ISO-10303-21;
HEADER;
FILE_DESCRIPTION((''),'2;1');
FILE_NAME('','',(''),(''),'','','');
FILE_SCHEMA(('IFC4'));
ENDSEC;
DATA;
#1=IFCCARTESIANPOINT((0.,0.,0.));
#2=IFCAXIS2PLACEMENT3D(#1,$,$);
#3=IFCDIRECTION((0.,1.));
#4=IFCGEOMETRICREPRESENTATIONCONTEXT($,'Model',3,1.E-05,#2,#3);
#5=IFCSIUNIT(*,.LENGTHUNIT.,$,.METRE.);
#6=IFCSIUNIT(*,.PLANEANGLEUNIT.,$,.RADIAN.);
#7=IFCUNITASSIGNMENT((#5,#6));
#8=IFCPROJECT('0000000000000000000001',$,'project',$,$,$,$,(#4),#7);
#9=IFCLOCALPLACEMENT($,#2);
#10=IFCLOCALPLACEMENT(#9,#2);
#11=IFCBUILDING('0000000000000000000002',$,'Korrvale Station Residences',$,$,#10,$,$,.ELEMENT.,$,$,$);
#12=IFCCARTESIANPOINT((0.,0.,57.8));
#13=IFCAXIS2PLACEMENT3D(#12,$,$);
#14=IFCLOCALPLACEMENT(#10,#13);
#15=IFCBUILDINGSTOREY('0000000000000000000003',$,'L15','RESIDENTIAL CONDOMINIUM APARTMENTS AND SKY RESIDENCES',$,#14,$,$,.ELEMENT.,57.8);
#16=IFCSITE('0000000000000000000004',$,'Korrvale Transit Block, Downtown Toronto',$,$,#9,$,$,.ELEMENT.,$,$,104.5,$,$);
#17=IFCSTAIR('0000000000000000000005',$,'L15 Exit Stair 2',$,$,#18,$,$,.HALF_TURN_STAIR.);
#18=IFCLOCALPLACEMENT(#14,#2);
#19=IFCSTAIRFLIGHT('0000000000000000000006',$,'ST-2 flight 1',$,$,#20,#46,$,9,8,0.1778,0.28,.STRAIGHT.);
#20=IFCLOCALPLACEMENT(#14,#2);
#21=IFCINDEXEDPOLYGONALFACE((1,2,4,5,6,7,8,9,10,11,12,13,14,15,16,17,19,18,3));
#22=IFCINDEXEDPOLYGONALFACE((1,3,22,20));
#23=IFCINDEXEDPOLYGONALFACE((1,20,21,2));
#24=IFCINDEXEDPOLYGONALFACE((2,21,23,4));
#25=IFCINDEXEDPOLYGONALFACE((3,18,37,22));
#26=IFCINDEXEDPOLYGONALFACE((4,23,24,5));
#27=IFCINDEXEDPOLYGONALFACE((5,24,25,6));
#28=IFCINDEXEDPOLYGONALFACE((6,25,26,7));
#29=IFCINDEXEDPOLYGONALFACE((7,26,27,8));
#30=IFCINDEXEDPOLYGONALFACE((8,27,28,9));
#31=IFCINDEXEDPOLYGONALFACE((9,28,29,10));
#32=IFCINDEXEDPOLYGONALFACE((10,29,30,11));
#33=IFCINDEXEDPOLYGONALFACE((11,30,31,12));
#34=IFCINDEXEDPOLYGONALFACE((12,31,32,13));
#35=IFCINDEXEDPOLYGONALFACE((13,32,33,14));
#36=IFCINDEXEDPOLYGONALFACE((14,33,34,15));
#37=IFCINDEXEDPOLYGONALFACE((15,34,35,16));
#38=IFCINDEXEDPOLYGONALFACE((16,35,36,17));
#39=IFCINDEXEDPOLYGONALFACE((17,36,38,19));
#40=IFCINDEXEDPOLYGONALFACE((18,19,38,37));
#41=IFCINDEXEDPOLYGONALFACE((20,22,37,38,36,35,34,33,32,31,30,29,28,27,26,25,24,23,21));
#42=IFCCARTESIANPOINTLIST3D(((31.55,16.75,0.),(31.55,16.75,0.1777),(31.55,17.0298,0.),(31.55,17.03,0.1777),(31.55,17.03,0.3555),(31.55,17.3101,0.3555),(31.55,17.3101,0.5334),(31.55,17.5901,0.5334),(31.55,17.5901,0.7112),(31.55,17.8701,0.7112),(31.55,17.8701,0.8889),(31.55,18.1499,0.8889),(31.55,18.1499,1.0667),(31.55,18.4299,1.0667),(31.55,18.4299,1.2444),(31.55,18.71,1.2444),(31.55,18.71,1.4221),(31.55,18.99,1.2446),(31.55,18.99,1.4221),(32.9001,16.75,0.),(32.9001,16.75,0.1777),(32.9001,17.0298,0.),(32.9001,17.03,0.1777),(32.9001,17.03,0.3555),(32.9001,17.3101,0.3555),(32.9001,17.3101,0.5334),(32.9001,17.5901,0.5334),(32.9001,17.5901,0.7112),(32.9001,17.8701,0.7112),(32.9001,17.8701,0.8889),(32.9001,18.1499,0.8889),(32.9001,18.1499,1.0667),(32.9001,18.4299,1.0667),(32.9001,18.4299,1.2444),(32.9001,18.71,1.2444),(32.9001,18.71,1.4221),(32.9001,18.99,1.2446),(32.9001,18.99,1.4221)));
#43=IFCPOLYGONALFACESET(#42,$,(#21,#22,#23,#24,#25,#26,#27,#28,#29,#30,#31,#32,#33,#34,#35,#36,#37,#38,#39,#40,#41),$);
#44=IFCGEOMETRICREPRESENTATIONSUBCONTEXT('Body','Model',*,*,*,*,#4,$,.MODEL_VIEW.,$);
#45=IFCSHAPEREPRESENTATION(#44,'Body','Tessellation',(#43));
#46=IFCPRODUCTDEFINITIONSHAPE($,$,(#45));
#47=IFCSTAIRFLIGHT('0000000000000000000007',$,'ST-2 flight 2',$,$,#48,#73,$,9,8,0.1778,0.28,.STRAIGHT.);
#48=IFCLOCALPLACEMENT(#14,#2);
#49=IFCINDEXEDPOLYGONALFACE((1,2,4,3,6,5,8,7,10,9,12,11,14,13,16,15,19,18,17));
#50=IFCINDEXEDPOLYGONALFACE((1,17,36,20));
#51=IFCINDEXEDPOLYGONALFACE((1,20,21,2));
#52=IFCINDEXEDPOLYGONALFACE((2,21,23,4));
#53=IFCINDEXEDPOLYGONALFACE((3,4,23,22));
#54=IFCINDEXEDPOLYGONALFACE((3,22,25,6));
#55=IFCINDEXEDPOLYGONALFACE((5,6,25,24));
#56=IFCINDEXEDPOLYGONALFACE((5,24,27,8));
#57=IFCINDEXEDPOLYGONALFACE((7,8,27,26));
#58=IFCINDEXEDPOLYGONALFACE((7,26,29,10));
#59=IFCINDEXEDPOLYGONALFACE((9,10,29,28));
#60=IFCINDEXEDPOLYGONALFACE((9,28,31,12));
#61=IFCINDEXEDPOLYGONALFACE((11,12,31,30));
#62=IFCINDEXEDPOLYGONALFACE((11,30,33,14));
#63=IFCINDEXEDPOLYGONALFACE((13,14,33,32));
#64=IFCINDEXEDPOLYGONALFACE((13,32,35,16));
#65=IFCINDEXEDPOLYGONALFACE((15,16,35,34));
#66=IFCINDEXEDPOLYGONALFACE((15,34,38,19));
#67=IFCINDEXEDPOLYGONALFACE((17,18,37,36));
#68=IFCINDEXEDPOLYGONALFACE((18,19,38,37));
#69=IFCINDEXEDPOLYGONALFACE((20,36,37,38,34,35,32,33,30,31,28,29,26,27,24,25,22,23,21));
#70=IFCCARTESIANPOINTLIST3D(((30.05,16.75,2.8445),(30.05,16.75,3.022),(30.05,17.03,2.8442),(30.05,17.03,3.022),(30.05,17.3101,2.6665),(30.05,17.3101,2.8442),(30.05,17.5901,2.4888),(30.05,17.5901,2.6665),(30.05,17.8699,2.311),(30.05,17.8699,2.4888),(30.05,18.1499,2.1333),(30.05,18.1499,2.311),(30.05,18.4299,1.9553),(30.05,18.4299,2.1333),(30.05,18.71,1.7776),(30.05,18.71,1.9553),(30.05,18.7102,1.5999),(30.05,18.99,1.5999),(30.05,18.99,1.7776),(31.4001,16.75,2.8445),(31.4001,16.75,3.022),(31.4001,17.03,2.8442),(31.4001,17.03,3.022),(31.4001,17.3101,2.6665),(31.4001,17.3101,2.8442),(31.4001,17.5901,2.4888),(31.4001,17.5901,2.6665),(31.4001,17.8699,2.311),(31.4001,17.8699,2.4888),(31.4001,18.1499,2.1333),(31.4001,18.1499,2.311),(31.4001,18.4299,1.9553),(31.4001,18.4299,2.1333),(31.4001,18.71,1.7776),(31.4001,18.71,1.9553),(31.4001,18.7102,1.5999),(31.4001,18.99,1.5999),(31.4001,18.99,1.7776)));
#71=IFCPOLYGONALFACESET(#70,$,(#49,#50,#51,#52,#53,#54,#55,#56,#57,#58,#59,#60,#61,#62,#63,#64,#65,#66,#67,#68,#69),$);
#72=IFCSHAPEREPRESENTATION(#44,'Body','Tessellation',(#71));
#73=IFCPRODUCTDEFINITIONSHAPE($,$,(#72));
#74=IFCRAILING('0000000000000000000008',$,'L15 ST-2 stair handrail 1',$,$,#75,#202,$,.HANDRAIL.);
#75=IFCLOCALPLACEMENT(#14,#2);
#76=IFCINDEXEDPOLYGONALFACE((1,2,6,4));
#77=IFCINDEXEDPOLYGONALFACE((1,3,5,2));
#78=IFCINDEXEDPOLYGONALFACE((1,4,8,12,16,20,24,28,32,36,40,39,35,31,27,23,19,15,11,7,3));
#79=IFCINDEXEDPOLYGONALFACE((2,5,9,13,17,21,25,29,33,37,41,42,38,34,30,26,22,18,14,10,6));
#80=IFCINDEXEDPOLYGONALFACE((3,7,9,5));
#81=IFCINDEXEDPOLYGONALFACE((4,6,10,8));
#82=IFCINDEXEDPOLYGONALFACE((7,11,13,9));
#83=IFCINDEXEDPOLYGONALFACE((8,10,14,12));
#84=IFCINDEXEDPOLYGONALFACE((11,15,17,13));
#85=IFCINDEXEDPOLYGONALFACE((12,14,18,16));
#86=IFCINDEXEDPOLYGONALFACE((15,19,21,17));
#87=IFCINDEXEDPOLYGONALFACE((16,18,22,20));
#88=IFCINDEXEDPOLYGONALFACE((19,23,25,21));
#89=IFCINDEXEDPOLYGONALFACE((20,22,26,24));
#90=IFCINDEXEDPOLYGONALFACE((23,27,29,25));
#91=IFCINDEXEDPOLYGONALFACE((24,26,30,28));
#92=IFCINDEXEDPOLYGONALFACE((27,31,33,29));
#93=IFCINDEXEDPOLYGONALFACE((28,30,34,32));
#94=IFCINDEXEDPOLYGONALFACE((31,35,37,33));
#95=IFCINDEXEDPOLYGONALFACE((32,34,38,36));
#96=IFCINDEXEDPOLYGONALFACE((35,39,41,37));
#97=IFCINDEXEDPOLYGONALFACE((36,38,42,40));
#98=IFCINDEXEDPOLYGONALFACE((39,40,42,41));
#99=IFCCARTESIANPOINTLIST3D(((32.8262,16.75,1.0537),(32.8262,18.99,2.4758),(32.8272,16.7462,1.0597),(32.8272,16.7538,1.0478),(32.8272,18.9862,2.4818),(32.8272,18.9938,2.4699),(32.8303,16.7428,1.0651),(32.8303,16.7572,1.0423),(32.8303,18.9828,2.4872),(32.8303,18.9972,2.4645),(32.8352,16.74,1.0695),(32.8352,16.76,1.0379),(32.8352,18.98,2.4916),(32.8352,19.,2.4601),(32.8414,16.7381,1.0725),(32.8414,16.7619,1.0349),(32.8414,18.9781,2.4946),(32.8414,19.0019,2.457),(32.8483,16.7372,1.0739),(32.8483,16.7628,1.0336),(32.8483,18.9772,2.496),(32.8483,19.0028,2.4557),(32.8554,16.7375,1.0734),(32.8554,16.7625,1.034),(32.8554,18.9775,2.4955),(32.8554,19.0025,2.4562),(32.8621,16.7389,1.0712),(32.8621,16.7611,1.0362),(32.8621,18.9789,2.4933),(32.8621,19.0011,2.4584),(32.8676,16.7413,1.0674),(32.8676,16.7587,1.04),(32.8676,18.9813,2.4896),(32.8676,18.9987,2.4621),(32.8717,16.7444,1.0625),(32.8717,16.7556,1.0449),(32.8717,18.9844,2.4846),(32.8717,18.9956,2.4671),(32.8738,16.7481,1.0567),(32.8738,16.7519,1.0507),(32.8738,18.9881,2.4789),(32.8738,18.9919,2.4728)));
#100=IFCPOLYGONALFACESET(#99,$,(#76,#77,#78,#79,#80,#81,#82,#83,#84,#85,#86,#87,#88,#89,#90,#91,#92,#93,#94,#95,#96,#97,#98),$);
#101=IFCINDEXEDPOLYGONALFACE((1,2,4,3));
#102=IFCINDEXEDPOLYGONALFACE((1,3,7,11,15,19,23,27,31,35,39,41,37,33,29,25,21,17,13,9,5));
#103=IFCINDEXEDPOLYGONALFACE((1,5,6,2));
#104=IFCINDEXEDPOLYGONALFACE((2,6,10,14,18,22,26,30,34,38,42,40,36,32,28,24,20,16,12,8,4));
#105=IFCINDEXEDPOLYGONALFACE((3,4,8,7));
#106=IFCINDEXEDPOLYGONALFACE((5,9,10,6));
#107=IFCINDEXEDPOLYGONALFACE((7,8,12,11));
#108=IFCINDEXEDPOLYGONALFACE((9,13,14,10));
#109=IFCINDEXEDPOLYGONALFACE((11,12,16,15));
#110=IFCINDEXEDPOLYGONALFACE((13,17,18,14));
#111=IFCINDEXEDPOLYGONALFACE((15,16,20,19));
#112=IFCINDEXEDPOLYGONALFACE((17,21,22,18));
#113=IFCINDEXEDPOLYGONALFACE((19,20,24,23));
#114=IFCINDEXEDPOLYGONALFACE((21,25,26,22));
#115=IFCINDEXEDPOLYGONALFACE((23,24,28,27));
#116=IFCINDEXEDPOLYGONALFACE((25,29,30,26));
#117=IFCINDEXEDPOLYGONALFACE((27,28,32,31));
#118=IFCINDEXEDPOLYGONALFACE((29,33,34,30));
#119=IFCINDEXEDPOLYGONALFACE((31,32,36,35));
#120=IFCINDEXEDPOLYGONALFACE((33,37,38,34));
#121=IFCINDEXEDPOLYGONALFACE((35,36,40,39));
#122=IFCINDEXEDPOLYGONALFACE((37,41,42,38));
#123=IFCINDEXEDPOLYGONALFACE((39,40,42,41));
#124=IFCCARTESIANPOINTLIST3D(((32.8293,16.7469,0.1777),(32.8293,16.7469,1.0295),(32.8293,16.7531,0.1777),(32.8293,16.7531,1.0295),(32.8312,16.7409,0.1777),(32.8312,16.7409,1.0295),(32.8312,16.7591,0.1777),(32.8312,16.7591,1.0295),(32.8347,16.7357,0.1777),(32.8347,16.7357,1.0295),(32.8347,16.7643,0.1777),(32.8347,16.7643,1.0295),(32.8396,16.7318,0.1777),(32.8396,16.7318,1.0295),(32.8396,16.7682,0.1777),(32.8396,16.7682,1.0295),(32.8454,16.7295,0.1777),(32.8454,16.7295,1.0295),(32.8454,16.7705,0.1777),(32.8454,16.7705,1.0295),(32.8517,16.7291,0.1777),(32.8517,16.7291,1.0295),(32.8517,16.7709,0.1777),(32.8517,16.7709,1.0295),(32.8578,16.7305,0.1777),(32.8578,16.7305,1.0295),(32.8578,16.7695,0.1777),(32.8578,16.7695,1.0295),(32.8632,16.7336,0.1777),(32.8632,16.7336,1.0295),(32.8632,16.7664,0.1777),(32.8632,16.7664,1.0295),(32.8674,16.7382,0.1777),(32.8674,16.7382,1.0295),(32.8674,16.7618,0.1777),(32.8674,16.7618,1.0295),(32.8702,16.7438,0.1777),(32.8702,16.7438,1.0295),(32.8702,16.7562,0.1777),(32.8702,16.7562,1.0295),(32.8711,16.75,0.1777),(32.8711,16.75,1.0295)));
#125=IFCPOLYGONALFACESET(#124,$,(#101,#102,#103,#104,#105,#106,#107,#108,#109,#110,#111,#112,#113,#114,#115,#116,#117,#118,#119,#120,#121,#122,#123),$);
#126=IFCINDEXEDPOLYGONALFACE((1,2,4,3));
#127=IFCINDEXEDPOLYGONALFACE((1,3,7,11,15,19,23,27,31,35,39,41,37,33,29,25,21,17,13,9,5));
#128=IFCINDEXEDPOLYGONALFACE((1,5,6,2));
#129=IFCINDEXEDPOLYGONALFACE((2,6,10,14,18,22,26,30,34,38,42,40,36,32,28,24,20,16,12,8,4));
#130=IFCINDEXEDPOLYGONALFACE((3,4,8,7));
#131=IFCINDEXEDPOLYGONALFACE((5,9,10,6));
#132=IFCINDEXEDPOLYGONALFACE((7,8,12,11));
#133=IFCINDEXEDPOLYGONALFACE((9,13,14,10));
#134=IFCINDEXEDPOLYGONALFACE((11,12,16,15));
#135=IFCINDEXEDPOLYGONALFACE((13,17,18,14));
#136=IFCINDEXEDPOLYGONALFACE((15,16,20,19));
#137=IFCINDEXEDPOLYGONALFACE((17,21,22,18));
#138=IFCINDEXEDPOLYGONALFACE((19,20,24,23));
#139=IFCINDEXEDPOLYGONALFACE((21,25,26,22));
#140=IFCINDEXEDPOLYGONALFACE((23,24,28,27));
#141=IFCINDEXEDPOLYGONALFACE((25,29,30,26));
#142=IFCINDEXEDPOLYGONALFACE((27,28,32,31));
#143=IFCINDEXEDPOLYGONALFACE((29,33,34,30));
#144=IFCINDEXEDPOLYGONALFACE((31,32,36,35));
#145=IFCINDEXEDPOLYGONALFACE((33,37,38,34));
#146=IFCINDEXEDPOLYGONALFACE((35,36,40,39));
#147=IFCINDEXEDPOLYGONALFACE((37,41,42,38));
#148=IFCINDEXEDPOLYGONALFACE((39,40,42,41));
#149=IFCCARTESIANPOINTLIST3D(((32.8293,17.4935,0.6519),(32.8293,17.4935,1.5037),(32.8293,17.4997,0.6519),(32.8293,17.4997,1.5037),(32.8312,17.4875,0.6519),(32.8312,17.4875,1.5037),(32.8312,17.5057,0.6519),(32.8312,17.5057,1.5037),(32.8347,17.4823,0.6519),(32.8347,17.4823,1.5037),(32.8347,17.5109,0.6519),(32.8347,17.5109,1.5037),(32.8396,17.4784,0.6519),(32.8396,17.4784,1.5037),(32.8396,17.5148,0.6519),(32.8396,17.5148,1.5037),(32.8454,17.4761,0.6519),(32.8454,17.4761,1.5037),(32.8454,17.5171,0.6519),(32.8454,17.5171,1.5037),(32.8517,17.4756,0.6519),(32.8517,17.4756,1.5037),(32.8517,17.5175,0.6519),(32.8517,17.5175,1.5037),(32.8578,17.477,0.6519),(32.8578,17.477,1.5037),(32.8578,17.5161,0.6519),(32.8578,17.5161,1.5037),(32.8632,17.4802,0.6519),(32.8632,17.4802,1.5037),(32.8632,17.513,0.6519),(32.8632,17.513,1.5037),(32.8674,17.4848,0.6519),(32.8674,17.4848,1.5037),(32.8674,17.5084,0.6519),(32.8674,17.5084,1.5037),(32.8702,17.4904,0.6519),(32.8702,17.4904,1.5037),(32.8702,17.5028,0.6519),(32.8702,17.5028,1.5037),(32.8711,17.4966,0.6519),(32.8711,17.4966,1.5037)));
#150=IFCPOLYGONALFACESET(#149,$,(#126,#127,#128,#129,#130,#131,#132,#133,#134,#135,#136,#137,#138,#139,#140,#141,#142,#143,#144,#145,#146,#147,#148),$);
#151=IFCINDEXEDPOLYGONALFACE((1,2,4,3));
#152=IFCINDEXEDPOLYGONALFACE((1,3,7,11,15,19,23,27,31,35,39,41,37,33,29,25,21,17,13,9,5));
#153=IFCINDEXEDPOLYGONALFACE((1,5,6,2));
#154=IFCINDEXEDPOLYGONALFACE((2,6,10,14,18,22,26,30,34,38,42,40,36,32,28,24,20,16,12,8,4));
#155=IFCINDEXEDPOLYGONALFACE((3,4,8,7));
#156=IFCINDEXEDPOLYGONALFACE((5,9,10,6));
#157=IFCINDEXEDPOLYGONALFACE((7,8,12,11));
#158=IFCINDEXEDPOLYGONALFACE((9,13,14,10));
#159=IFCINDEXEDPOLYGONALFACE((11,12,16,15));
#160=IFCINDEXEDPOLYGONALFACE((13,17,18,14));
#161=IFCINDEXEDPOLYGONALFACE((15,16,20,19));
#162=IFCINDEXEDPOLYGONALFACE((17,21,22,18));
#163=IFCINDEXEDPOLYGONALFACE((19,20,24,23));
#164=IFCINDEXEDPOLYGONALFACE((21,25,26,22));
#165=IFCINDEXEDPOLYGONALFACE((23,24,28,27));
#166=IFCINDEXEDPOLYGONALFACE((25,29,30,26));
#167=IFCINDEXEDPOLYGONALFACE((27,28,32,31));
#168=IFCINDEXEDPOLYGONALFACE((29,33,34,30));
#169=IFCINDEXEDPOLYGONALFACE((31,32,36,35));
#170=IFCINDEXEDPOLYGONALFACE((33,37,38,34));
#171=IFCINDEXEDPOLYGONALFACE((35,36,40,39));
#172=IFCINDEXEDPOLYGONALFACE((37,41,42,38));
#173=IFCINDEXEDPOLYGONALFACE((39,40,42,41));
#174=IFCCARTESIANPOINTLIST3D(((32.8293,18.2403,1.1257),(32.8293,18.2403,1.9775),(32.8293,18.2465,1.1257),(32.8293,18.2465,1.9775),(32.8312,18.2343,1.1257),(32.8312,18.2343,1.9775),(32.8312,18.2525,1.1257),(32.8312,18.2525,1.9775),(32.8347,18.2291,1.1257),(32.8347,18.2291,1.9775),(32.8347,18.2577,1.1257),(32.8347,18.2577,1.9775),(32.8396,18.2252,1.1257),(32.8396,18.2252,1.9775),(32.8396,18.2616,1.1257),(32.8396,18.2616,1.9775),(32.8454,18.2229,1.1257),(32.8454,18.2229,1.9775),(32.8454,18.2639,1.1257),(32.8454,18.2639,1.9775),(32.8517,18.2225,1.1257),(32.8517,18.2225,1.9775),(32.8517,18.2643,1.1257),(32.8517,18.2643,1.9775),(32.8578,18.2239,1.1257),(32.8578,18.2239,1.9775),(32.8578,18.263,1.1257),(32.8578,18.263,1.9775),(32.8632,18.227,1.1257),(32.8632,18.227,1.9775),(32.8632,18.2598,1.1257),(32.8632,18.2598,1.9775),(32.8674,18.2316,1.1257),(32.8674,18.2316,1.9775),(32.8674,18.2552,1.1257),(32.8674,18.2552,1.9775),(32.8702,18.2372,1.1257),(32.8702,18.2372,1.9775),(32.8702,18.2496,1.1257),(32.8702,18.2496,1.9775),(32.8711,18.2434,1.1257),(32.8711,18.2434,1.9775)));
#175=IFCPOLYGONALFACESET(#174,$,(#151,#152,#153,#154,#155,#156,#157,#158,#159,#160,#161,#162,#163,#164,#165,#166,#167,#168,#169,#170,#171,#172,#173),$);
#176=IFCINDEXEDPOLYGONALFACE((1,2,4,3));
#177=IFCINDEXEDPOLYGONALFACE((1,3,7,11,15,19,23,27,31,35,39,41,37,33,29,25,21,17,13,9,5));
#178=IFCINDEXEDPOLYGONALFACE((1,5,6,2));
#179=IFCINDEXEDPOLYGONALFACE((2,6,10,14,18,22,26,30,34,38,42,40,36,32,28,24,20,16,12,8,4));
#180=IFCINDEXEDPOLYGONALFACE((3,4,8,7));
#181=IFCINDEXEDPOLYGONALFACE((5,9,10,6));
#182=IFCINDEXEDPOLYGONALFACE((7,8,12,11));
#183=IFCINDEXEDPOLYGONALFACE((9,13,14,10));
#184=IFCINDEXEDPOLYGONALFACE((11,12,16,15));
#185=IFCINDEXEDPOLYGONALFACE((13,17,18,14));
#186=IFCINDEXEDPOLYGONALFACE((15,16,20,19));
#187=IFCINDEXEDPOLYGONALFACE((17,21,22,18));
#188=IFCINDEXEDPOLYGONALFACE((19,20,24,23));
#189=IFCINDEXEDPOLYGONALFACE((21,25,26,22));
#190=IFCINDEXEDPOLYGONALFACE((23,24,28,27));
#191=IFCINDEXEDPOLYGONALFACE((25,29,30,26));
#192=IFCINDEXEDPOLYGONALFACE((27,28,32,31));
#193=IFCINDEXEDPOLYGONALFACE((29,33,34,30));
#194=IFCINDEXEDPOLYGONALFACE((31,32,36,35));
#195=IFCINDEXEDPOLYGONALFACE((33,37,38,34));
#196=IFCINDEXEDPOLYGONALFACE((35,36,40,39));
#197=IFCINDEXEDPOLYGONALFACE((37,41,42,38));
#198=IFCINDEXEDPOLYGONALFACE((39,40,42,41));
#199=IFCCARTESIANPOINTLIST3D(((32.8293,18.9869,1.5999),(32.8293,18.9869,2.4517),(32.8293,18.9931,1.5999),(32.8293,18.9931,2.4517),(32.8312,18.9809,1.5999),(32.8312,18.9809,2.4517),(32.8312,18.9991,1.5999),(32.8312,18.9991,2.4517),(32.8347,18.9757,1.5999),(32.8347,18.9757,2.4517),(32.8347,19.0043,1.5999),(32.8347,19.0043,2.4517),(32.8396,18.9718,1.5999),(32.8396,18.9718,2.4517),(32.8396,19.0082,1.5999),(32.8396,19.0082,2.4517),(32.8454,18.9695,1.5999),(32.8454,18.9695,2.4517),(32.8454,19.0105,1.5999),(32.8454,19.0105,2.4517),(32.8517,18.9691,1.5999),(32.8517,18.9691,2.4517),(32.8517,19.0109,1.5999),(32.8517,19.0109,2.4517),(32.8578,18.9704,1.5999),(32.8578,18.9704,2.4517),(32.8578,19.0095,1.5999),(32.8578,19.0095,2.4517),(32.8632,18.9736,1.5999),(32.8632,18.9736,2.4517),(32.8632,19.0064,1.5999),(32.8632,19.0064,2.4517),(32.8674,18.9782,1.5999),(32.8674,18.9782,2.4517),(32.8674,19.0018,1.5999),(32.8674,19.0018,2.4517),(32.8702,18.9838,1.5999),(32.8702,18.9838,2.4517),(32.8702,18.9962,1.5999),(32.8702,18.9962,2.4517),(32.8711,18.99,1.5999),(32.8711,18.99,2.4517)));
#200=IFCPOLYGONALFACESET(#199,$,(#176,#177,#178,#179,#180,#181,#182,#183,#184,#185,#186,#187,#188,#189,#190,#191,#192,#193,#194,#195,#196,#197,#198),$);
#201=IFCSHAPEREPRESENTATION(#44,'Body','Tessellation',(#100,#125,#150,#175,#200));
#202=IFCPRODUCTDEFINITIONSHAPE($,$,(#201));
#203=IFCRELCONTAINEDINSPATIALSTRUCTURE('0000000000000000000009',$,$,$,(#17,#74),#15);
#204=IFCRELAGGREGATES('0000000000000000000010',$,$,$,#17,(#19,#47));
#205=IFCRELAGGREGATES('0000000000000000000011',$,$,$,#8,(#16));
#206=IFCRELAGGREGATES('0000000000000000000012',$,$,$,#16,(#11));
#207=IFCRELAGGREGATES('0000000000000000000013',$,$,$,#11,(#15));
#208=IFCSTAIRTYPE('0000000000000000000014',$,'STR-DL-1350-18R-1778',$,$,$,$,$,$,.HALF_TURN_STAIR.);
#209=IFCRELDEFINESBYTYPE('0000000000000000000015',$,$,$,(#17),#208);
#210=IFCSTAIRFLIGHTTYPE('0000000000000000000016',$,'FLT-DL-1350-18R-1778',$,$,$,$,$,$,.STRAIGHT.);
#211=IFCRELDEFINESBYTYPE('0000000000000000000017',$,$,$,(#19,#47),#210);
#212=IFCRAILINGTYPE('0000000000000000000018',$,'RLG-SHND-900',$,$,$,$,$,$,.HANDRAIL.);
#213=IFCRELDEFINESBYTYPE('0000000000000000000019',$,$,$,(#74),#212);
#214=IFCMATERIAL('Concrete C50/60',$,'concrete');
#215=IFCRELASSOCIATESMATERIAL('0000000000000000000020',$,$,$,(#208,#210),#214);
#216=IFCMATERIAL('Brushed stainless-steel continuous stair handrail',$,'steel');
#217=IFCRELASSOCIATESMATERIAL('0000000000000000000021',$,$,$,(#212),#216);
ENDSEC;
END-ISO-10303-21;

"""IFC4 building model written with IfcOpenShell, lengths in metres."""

from ifc_helpers import new_model, si_unit, direction, frame, origin, origin_2d, place, context, subcontext, project, spatial, polyline, circle, outline, extrude, material, type_object, element, aggregate, save


model = new_model("IFC4")

# Units and contexts
model_context = context("Model", 3, precision=1e-05, world=origin(), true_north=direction((0.0, 1.0)))
body_context = subcontext(model_context, "Body", "Model", "MODEL_VIEW")
ifc_project = project(units=[si_unit("LENGTHUNIT", "METRE"), si_unit("PLANEANGLEUNIT", "RADIAN")], contexts=[model_context])

# Site, building, storey
site_placement = place(None, origin())
site = spatial("IfcSite", under=ifc_project, at=site_placement, Name="Korrvale Transit Block, Downtown Toronto", CompositionType="ELEMENT", RefElevation=104.5)
building_placement = place(site_placement, origin())
building = spatial("IfcBuilding", under=site, at=building_placement, Name="Korrvale Station Residences", CompositionType="ELEMENT")
storey_placement = place(building_placement, frame((0.0, 0.0, 57.8)))
storey = spatial("IfcBuildingStorey", under=building, at=storey_placement, Name="L15", Description="RESIDENTIAL CONDOMINIUM APARTMENTS AND SKY RESIDENCES", CompositionType="ELEMENT", Elevation=57.8)

# Stair, stair flights
ifc_material_1 = material(Name="Concrete C50/60", Category="concrete")
stair_type = type_object("IfcStairType", Name="STR-DL-1350-18R-1778", PredefinedType="HALF_TURN_STAIR", material=ifc_material_1)
stair_placement = place(storey_placement, origin())
stair = element("IfcStair", 1, at=stair_placement, inside=storey, type_object=stair_type, Name="L15 Exit Stair 2", PredefinedType="HALF_TURN_STAIR")
stair_flight_type = type_object("IfcStairFlightType", Name="FLT-DL-1350-18R-1778", PredefinedType="STRAIGHT", material=ifc_material_1)
stair_flight_1_placement = place(storey_placement, frame((32.2251, 16.75, 0.0), z_axis=(0.0, 0.0, 1.0), x_axis=(0.0, 1.0, 0.0)))
stair_flight_1 = element("IfcStairFlight", 2, at=stair_flight_1_placement, type_object=stair_flight_type, Name="ST-2 flight 1", NumberOfRisers=9, NumberOfTreads=8, PredefinedType="STRAIGHT", RiserHeight=0.1778, TreadLength=0.28, context=body_context, shape_type="SweptSolid", body=[
    extrude(outline(polyline([(0.0, 0.0), (0.0, 0.1777), (0.28, 0.1777), (0.28, 0.3555), (0.5601, 0.3555), (0.5601, 0.5334), (0.8401, 0.5334), (0.8401, 0.7112), (1.1201, 0.7112), (1.1201, 0.8889), (1.3999, 0.8889), (1.3999, 1.0667), (1.6799, 1.0667), (1.6799, 1.2444), (1.96, 1.2444), (1.96, 1.4221), (2.24, 1.4221), (2.24, 1.6001), (2.24, 1.2446), (0.2798, 0.0), (0.0, 0.0)])), frame((0.0, 0.675, 0.0), z_axis=(0.0, -1.0, 0.0), x_axis=(1.0, 0.0, 0.0)), (0.0, 0.0, 1.0), 1.3501),
])
stair_flight_2_placement = place(storey_placement, frame((30.7251, 18.99, 1.5999), z_axis=(0.0, 0.0, 1.0), x_axis=(0.0, -1.0, 0.0)))
stair_flight_2 = element("IfcStairFlight", 3, at=stair_flight_2_placement, type_object=stair_flight_type, Name="ST-2 flight 2", NumberOfRisers=9, NumberOfTreads=8, PredefinedType="STRAIGHT", RiserHeight=0.1778, TreadLength=0.28, context=body_context, shape_type="SweptSolid", body=[
    extrude(outline(polyline([(0.0, 0.0), (0.0, 0.1777), (0.28, 0.1777), (0.28, 0.3555), (0.5601, 0.3555), (0.5601, 0.5334), (0.8401, 0.5334), (0.8401, 0.7112), (1.1201, 0.7112), (1.1201, 0.8889), (1.3999, 0.8889), (1.3999, 1.0667), (1.6799, 1.0667), (1.6799, 1.2444), (1.96, 1.2444), (1.96, 1.4221), (2.24, 1.4221), (2.24, 1.6001), (2.24, 1.2446), (0.2798, 0.0), (0.0, 0.0)])), frame((0.0, 0.675, 0.0), z_axis=(0.0, -1.0, 0.0), x_axis=(1.0, 0.0, 0.0)), (0.0, 0.0, 1.0), 1.3501),
])
aggregate(stair, [stair_flight_1, stair_flight_2])

# Railing
ifc_material_2 = material(Name="Brushed stainless-steel continuous stair handrail", Category="steel")
railing_type_1 = type_object("IfcRailingType", Name="RLG-SHND-900", PredefinedType="HANDRAIL", material=ifc_material_2)
railing_1_placement = place(storey_placement, frame((32.8501, 16.75, 0.1777)))
element("IfcRailing", 4, at=railing_1_placement, inside=storey, type_object=railing_type_1, Name="L15 ST-2 stair handrail 1", PredefinedType="HANDRAIL", context=body_context, shape_type="SweptSolid", body=[
    extrude(circle(Radius=0.0239, at=origin_2d()), frame((0.0, 0.0, 0.876), z_axis=(0.0, 0.844229, 0.535982), x_axis=(-1.0, 0.0, 0.0)), (0.0, 0.0, 1.0), 2.6533),
    extrude(circle(Radius=0.021, at=origin_2d()), origin(), (0.0, 0.0, 1.0), 0.8518),
    extrude(circle(Radius=0.021, at=origin_2d()), frame((0.0, 0.7466, 0.4741)), (0.0, 0.0, 1.0), 0.8518),
    extrude(circle(Radius=0.021, at=origin_2d()), frame((0.0, 1.4934, 0.948)), (0.0, 0.0, 1.0), 0.8518),
    extrude(circle(Radius=0.021, at=origin_2d()), frame((0.0, 2.24, 1.4221)), (0.0, 0.0, 1.0), 0.8518),
])

save(model, "model.ifc")
